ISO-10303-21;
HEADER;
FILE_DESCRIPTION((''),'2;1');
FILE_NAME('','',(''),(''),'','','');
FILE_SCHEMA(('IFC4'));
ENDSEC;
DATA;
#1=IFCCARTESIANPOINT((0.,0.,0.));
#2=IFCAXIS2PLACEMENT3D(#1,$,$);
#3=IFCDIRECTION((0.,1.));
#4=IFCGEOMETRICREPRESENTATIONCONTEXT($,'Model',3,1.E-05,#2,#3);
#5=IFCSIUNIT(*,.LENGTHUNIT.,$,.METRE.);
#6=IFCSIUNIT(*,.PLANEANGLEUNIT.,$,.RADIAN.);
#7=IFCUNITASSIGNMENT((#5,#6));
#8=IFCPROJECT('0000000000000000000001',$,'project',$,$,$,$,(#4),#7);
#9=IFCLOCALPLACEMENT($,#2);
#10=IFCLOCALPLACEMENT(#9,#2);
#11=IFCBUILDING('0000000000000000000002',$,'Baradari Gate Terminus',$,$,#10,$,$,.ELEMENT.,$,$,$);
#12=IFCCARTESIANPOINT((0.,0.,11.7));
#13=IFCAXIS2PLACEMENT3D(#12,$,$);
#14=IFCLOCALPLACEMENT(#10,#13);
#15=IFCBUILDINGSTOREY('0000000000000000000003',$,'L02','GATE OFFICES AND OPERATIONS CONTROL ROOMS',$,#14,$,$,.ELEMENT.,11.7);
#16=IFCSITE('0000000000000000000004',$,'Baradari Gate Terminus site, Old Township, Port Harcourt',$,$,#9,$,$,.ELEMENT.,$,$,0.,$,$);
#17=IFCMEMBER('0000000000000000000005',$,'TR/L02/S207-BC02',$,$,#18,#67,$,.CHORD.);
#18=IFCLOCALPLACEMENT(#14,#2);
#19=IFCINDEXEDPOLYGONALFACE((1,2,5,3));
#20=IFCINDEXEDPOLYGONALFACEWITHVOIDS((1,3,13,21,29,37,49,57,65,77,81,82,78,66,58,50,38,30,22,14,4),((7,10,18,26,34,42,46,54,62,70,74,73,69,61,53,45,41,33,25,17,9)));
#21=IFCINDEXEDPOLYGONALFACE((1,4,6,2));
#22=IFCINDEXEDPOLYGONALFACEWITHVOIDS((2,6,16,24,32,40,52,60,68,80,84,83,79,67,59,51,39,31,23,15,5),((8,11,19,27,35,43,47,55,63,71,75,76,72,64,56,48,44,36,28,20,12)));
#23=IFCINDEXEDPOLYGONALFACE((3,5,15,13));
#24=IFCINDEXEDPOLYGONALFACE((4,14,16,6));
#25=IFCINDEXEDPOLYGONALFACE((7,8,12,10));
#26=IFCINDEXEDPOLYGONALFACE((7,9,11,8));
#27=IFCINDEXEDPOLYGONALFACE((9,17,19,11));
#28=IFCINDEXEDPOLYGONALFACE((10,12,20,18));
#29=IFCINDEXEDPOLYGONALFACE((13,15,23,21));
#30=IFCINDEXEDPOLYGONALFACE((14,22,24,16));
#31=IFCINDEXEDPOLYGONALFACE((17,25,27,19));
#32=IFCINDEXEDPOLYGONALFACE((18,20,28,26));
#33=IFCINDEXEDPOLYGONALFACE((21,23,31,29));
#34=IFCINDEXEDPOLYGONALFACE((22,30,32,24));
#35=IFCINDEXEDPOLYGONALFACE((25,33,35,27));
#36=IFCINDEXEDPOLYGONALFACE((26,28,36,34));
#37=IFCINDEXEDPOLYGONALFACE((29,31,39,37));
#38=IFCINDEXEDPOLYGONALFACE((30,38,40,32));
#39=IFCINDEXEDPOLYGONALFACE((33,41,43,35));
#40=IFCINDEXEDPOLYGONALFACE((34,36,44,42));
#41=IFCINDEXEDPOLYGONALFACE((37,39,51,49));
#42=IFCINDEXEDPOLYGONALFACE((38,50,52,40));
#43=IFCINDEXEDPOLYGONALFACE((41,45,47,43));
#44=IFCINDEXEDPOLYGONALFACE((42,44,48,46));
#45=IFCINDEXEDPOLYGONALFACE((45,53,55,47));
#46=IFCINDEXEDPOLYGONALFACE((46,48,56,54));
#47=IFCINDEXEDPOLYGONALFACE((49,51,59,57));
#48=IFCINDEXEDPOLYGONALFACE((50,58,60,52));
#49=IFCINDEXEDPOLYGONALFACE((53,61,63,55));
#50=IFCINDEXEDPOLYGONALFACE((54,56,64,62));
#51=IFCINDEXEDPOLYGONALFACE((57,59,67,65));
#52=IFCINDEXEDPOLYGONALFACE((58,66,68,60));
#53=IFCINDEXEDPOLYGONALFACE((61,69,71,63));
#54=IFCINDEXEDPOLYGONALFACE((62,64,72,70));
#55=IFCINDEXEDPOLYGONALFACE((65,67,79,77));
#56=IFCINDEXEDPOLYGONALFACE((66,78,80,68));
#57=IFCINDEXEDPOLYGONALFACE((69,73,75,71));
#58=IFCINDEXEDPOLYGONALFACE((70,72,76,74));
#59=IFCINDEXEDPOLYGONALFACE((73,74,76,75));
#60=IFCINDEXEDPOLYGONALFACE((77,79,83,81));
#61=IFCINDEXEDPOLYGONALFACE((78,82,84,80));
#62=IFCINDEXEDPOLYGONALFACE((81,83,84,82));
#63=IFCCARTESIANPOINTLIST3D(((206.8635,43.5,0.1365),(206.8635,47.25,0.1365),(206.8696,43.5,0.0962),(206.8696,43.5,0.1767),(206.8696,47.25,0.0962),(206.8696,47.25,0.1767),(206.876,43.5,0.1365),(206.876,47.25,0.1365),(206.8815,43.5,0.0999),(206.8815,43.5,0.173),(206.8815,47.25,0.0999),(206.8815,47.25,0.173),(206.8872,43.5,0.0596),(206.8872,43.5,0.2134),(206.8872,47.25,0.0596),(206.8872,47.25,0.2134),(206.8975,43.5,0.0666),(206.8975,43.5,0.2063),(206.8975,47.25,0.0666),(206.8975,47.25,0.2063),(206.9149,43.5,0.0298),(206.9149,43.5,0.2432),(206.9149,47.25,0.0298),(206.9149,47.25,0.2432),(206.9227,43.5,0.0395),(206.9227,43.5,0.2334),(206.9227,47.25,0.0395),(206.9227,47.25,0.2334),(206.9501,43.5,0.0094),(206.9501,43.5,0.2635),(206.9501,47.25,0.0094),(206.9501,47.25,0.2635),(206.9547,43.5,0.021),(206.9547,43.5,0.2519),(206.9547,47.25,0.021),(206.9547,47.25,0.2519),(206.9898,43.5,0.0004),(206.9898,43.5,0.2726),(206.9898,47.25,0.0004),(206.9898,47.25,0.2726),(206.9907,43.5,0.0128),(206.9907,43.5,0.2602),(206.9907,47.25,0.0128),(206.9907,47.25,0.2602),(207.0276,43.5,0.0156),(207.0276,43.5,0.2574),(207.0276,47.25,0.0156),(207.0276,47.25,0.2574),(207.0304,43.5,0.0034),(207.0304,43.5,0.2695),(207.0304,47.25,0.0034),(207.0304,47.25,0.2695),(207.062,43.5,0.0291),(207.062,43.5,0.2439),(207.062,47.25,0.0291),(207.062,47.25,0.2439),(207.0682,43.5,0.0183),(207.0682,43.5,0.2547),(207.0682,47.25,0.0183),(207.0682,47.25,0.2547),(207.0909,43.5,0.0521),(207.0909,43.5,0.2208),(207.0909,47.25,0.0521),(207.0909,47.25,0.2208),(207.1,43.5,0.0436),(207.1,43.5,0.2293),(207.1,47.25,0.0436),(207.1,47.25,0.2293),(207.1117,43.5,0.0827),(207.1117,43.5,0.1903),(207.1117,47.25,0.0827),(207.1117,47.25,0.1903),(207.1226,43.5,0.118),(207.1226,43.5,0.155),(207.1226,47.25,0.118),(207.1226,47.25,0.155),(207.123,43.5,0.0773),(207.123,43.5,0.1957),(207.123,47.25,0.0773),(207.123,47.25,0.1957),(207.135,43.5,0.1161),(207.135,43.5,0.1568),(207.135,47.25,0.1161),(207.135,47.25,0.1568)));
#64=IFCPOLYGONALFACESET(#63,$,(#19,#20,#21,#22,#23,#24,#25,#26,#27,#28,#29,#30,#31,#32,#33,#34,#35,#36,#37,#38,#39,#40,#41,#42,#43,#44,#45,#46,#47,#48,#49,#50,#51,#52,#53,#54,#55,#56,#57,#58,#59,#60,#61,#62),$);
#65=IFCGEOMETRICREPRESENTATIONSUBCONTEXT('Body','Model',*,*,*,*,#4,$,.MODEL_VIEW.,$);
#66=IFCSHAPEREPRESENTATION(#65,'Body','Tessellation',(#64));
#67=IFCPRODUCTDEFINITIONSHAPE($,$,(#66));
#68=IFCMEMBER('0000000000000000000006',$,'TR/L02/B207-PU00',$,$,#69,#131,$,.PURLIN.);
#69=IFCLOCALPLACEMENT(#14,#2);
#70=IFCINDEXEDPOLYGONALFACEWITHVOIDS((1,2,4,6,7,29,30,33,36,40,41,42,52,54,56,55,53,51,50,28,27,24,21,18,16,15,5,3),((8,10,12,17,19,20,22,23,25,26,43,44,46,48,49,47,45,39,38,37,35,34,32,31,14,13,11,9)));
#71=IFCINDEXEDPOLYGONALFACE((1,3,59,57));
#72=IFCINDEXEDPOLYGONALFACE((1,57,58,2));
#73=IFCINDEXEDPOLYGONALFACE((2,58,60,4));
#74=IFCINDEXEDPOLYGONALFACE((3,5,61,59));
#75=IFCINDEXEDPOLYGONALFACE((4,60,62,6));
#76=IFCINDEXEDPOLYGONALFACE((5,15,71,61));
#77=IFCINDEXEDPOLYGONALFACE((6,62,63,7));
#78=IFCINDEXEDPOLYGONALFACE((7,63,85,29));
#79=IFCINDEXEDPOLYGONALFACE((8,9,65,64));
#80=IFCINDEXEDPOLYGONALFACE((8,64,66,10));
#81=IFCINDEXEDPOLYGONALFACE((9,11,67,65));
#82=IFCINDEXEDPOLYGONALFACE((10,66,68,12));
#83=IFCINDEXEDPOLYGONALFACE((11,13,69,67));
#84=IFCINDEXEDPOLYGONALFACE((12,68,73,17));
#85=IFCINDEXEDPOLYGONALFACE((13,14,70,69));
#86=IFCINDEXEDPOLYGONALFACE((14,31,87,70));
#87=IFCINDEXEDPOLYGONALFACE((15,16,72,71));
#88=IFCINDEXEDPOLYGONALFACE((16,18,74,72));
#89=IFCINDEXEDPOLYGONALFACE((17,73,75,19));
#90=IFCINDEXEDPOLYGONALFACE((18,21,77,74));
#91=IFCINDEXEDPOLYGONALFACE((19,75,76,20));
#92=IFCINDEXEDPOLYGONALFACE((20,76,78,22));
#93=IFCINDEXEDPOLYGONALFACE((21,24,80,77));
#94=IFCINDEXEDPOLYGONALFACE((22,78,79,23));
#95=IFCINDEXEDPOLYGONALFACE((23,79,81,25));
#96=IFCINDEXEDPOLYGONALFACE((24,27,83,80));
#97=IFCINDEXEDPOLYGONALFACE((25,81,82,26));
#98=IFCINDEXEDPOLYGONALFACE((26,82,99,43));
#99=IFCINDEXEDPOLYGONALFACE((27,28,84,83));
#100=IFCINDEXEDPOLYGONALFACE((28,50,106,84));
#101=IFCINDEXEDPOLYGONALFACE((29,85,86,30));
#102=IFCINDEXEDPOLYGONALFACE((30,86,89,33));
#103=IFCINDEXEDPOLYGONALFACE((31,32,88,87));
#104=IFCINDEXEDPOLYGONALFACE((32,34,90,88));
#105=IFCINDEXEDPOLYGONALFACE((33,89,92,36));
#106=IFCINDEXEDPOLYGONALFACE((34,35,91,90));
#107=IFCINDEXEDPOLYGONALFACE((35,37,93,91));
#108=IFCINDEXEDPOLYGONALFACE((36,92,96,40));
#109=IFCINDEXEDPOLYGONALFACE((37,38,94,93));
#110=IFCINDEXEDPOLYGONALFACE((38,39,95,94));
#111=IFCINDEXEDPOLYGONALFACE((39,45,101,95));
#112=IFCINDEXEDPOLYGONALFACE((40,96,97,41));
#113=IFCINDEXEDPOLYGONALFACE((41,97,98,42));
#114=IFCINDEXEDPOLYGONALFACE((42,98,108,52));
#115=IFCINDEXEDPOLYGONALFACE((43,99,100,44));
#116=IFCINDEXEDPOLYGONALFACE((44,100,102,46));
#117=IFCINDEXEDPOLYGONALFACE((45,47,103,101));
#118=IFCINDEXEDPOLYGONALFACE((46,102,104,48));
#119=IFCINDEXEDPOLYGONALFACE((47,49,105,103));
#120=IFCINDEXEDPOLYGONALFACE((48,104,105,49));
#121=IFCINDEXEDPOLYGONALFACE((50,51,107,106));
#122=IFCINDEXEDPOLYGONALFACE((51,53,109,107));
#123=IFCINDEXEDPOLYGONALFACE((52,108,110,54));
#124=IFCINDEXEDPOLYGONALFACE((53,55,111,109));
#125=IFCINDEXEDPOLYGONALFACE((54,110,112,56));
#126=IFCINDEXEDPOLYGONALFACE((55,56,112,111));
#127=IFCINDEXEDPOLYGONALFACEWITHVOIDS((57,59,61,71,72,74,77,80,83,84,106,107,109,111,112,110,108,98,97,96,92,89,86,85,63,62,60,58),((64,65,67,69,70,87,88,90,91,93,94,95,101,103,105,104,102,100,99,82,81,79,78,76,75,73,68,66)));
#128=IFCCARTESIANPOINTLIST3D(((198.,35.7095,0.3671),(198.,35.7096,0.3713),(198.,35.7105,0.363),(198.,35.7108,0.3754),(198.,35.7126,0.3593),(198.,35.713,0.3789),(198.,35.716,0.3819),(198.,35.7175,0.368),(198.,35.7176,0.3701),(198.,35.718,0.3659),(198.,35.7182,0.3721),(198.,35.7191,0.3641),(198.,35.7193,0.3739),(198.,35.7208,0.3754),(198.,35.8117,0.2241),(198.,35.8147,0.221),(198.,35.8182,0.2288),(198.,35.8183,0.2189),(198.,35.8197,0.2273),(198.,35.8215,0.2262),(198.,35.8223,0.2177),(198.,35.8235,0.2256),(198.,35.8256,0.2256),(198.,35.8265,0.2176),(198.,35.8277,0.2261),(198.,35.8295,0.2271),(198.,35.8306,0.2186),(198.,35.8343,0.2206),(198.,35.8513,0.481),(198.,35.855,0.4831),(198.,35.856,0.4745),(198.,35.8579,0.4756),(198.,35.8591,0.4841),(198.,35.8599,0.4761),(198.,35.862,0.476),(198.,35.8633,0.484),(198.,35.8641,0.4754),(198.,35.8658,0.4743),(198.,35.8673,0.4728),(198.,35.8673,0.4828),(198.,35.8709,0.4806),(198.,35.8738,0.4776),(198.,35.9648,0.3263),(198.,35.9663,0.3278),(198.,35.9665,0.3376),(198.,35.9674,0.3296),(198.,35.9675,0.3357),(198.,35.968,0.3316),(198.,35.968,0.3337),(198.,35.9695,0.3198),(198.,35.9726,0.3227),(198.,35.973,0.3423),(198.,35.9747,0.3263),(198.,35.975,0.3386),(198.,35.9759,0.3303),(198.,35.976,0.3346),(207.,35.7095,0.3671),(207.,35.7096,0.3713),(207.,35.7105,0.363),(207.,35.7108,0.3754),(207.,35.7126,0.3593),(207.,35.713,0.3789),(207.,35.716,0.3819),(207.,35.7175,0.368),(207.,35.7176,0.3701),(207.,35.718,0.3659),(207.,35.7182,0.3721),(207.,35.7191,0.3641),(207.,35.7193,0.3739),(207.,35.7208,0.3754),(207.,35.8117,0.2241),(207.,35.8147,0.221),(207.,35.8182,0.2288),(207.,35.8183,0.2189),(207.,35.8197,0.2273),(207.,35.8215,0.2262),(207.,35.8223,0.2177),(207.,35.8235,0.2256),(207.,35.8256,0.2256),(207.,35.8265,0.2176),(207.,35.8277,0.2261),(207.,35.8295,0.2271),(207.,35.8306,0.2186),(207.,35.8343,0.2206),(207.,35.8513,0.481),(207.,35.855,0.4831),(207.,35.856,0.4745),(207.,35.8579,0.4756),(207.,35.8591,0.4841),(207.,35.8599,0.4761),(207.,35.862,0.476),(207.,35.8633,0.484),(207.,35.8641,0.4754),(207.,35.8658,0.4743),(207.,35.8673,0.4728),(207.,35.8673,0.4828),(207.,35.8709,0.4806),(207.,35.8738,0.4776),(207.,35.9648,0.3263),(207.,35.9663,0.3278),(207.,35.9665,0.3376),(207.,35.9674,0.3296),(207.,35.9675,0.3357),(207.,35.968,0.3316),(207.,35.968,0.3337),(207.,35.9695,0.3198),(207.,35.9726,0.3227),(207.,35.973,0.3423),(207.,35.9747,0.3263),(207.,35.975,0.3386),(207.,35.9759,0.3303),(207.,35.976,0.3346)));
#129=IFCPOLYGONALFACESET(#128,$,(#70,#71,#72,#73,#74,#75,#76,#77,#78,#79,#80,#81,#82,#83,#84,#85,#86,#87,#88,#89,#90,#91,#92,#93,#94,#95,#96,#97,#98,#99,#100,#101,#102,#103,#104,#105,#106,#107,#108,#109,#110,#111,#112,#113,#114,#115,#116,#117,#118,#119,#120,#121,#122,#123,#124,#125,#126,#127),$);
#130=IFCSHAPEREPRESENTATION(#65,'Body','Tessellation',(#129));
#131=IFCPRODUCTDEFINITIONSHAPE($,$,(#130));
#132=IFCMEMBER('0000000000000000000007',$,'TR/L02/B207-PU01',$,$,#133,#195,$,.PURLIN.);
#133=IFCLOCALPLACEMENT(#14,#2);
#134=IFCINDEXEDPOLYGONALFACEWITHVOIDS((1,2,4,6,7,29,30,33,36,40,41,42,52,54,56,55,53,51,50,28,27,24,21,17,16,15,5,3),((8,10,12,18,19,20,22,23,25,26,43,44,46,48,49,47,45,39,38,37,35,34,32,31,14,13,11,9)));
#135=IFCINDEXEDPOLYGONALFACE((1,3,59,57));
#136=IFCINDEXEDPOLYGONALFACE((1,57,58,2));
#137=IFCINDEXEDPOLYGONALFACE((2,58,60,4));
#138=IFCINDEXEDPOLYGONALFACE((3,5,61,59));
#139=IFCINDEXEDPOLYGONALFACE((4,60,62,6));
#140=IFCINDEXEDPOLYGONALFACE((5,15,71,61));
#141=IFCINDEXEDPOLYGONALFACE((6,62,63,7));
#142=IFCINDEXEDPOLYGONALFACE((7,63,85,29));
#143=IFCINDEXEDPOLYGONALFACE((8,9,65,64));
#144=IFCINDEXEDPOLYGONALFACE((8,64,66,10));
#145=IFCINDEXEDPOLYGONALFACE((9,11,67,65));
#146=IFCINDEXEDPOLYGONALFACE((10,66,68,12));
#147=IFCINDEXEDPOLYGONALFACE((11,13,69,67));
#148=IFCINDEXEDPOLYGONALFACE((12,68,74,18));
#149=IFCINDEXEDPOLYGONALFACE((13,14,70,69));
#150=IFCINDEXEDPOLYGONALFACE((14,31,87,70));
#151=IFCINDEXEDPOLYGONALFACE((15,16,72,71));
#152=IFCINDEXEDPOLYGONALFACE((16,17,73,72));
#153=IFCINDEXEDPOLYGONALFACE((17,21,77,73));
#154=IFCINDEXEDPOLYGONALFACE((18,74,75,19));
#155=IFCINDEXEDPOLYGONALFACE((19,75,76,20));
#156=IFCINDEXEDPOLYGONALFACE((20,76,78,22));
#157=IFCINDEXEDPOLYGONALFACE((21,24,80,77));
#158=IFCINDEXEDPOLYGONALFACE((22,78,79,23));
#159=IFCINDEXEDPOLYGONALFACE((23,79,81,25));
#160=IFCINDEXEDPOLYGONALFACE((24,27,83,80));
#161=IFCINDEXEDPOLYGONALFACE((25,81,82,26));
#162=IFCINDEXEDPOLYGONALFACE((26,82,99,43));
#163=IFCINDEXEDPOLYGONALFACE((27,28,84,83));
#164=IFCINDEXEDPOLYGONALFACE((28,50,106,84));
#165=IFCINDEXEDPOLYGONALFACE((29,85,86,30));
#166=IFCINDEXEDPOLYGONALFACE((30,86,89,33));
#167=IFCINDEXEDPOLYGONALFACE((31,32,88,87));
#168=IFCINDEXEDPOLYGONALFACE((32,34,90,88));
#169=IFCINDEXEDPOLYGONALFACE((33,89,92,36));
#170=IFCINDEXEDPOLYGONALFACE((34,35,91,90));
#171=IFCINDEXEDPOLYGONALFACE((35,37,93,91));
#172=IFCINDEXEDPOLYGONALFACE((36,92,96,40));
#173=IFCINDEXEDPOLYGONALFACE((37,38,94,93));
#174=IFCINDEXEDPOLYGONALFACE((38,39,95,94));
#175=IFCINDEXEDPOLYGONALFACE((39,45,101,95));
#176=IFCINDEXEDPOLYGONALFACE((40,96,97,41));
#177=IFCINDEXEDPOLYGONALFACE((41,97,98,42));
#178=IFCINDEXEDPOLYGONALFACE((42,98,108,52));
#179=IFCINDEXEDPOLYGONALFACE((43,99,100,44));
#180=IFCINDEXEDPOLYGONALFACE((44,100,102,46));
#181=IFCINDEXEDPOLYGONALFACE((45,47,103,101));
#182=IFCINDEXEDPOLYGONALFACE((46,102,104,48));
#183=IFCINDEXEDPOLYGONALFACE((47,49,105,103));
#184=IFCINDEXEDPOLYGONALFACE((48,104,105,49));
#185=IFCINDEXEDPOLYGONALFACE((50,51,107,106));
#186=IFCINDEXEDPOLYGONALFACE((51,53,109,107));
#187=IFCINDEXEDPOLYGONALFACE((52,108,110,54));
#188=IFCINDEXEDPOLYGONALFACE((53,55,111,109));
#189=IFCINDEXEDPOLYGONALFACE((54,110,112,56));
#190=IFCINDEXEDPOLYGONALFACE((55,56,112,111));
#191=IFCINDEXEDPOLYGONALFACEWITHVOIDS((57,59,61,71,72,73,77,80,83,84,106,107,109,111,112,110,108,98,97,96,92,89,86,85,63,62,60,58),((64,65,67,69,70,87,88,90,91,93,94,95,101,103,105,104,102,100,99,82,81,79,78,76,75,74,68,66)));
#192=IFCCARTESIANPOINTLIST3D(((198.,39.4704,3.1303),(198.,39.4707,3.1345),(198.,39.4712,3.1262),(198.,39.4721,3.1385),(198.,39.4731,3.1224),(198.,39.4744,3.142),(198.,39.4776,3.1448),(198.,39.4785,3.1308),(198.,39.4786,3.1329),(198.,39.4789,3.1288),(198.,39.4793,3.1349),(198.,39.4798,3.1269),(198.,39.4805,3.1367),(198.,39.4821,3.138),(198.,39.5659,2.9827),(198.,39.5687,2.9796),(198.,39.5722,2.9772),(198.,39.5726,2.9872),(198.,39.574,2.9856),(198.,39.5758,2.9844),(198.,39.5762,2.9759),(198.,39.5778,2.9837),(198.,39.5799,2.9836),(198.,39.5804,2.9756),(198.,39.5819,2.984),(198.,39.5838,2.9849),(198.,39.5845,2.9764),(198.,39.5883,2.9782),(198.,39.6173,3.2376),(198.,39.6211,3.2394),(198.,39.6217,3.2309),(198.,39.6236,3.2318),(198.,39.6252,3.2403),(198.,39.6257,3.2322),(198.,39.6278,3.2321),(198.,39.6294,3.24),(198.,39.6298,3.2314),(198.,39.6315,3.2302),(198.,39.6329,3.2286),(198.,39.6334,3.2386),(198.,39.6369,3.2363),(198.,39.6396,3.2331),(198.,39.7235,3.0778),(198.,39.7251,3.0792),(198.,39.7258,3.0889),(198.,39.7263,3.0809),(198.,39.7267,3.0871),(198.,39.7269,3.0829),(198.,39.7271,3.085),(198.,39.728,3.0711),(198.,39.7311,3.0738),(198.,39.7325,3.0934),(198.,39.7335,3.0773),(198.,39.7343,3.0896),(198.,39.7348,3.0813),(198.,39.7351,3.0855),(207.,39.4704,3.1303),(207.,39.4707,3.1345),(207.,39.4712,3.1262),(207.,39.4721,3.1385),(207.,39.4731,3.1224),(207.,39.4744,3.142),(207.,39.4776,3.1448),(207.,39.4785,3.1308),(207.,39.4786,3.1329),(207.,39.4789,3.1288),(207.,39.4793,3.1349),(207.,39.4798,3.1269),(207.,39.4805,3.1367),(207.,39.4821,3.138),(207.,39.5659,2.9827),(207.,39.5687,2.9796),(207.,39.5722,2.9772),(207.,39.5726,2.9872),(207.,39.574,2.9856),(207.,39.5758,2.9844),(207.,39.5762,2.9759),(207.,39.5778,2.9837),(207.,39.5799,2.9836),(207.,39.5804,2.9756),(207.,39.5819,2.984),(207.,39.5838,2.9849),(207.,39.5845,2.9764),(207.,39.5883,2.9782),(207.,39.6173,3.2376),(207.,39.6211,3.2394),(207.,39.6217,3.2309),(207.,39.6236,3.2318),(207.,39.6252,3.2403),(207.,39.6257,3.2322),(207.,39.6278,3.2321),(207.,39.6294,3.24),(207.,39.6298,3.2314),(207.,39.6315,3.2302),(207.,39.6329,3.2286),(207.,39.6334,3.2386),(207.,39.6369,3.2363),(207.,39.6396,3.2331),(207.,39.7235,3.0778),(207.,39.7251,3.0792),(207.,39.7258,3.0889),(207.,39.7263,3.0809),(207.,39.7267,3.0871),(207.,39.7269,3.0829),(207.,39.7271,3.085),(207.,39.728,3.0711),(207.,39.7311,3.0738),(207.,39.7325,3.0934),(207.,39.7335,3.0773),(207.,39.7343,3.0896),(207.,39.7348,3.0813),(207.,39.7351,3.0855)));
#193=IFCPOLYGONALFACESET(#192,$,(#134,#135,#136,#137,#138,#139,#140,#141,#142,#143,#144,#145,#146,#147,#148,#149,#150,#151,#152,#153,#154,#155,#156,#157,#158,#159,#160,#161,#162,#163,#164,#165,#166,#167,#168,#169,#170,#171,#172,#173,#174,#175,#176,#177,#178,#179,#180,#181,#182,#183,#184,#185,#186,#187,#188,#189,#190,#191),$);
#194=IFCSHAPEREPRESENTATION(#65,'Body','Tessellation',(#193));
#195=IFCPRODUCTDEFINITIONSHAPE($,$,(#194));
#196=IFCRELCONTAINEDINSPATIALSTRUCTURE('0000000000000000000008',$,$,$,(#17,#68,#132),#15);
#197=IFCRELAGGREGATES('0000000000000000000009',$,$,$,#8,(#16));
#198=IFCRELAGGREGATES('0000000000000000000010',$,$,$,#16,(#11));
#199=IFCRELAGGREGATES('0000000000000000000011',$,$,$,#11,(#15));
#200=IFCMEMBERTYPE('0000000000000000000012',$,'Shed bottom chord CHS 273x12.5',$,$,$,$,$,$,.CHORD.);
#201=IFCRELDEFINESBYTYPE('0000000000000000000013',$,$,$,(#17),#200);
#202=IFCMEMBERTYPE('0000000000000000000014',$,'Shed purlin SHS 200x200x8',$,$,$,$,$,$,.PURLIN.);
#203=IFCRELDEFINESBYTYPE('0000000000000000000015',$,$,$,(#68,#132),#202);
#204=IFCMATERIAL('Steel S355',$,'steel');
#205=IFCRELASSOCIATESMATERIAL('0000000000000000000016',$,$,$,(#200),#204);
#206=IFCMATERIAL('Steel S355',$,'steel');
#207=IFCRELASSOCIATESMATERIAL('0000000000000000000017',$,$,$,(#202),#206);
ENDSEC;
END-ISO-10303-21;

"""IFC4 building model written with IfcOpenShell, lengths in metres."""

from ifc_helpers import new_model, si_unit, direction, frame, origin, origin_2d, place, context, subcontext, project, spatial, hollow_rectangle, hollow_circle, extrude, material, material_profile, profile_set, type_object, element, save


model = new_model("IFC4")

# Units and contexts
model_context = context("Model", 3, precision=1e-05, world=origin(), true_north=direction((0.0, 1.0)))
body_context = subcontext(model_context, "Body", "Model", "MODEL_VIEW")
ifc_project = project(units=[si_unit("LENGTHUNIT", "METRE"), si_unit("PLANEANGLEUNIT", "RADIAN")], contexts=[model_context])

# Site, building, storey
site_placement = place(None, origin())
site = spatial("IfcSite", under=ifc_project, at=site_placement, Name="Baradari Gate Terminus site, Old Township, Port Harcourt", CompositionType="ELEMENT", RefElevation=0.0)
building_placement = place(site_placement, origin())
building = spatial("IfcBuilding", under=site, at=building_placement, Name="Baradari Gate Terminus", CompositionType="ELEMENT")
storey_placement = place(building_placement, frame((0.0, 0.0, 11.7)))
storey = spatial("IfcBuildingStorey", under=building, at=storey_placement, Name="L02", Description="GATE OFFICES AND OPERATIONS CONTROL ROOMS", CompositionType="ELEMENT", Elevation=11.7)

# Members
ifc_material_1 = material(Name="Steel S355", Category="steel")
ifc_material_profile_1 = material_profile(ifc_material_1, hollow_circle(Radius=0.1365, WallThickness=0.0125, at=origin_2d()), Name="CHS 273x12.5")
ifc_profile_set_1 = profile_set([ifc_material_profile_1], Name="Steel S355")
member_type_1 = type_object("IfcMemberType", Name="Shed bottom chord CHS 273x12.5", PredefinedType="CHORD", material=ifc_profile_set_1)
for number, where, z_axis, x_axis, name in (
    (1, (207.0, 43.5, 0.1365), (0.0, 1.0, 0.0), (-1.0, 0.0, 0.0), "TR/L02/S207-BC02"),
):
    element("IfcMember", number, at=place(storey_placement, frame(where, z_axis=z_axis, x_axis=x_axis)), inside=storey, type_object=member_type_1, Name=name, PredefinedType="CHORD", context=body_context, shape_type="SweptSolid", body=[
        extrude(hollow_circle(Radius=0.1365, WallThickness=0.0125, at=origin_2d()), origin(), (0.0, 0.0, 1.0), 3.75),
    ])
ifc_material_2 = material(Name="Steel S355", Category="steel")
ifc_material_profile_2 = material_profile(ifc_material_2, hollow_rectangle(XDim=0.2, YDim=0.2, WallThickness=0.0081, InnerFilletRadius=0.0081, OuterFilletRadius=0.0161, at=origin_2d()), Name="SHS 200x200x8")
ifc_profile_set_2 = profile_set([ifc_material_profile_2], Name="Steel S355")
member_type_2 = type_object("IfcMemberType", Name="Shed purlin SHS 200x200x8", PredefinedType="PURLIN", material=ifc_profile_set_2)
for number, where, z_axis, x_axis, name in (
    (2, (198.0, 35.8428, 0.3508), (1.0, 0.0, 0.0), (0.0, 0.806405, 0.591364), "TR/L02/B207-PU00"),
    (3, (198.0, 39.6028, 3.1079), (1.0, 0.0, 0.0), (0.0, 0.832836, 0.553519), "TR/L02/B207-PU01"),
):
    element("IfcMember", number, at=place(storey_placement, frame(where, z_axis=z_axis, x_axis=x_axis)), inside=storey, type_object=member_type_2, Name=name, PredefinedType="PURLIN", context=body_context, shape_type="SweptSolid", body=[
        extrude(hollow_rectangle(XDim=0.2, YDim=0.2, WallThickness=0.0081, InnerFilletRadius=0.0081, OuterFilletRadius=0.0161, at=origin_2d()), origin(), (0.0, 0.0, 1.0), 9.0),
    ])

save(model, "model.ifc")
